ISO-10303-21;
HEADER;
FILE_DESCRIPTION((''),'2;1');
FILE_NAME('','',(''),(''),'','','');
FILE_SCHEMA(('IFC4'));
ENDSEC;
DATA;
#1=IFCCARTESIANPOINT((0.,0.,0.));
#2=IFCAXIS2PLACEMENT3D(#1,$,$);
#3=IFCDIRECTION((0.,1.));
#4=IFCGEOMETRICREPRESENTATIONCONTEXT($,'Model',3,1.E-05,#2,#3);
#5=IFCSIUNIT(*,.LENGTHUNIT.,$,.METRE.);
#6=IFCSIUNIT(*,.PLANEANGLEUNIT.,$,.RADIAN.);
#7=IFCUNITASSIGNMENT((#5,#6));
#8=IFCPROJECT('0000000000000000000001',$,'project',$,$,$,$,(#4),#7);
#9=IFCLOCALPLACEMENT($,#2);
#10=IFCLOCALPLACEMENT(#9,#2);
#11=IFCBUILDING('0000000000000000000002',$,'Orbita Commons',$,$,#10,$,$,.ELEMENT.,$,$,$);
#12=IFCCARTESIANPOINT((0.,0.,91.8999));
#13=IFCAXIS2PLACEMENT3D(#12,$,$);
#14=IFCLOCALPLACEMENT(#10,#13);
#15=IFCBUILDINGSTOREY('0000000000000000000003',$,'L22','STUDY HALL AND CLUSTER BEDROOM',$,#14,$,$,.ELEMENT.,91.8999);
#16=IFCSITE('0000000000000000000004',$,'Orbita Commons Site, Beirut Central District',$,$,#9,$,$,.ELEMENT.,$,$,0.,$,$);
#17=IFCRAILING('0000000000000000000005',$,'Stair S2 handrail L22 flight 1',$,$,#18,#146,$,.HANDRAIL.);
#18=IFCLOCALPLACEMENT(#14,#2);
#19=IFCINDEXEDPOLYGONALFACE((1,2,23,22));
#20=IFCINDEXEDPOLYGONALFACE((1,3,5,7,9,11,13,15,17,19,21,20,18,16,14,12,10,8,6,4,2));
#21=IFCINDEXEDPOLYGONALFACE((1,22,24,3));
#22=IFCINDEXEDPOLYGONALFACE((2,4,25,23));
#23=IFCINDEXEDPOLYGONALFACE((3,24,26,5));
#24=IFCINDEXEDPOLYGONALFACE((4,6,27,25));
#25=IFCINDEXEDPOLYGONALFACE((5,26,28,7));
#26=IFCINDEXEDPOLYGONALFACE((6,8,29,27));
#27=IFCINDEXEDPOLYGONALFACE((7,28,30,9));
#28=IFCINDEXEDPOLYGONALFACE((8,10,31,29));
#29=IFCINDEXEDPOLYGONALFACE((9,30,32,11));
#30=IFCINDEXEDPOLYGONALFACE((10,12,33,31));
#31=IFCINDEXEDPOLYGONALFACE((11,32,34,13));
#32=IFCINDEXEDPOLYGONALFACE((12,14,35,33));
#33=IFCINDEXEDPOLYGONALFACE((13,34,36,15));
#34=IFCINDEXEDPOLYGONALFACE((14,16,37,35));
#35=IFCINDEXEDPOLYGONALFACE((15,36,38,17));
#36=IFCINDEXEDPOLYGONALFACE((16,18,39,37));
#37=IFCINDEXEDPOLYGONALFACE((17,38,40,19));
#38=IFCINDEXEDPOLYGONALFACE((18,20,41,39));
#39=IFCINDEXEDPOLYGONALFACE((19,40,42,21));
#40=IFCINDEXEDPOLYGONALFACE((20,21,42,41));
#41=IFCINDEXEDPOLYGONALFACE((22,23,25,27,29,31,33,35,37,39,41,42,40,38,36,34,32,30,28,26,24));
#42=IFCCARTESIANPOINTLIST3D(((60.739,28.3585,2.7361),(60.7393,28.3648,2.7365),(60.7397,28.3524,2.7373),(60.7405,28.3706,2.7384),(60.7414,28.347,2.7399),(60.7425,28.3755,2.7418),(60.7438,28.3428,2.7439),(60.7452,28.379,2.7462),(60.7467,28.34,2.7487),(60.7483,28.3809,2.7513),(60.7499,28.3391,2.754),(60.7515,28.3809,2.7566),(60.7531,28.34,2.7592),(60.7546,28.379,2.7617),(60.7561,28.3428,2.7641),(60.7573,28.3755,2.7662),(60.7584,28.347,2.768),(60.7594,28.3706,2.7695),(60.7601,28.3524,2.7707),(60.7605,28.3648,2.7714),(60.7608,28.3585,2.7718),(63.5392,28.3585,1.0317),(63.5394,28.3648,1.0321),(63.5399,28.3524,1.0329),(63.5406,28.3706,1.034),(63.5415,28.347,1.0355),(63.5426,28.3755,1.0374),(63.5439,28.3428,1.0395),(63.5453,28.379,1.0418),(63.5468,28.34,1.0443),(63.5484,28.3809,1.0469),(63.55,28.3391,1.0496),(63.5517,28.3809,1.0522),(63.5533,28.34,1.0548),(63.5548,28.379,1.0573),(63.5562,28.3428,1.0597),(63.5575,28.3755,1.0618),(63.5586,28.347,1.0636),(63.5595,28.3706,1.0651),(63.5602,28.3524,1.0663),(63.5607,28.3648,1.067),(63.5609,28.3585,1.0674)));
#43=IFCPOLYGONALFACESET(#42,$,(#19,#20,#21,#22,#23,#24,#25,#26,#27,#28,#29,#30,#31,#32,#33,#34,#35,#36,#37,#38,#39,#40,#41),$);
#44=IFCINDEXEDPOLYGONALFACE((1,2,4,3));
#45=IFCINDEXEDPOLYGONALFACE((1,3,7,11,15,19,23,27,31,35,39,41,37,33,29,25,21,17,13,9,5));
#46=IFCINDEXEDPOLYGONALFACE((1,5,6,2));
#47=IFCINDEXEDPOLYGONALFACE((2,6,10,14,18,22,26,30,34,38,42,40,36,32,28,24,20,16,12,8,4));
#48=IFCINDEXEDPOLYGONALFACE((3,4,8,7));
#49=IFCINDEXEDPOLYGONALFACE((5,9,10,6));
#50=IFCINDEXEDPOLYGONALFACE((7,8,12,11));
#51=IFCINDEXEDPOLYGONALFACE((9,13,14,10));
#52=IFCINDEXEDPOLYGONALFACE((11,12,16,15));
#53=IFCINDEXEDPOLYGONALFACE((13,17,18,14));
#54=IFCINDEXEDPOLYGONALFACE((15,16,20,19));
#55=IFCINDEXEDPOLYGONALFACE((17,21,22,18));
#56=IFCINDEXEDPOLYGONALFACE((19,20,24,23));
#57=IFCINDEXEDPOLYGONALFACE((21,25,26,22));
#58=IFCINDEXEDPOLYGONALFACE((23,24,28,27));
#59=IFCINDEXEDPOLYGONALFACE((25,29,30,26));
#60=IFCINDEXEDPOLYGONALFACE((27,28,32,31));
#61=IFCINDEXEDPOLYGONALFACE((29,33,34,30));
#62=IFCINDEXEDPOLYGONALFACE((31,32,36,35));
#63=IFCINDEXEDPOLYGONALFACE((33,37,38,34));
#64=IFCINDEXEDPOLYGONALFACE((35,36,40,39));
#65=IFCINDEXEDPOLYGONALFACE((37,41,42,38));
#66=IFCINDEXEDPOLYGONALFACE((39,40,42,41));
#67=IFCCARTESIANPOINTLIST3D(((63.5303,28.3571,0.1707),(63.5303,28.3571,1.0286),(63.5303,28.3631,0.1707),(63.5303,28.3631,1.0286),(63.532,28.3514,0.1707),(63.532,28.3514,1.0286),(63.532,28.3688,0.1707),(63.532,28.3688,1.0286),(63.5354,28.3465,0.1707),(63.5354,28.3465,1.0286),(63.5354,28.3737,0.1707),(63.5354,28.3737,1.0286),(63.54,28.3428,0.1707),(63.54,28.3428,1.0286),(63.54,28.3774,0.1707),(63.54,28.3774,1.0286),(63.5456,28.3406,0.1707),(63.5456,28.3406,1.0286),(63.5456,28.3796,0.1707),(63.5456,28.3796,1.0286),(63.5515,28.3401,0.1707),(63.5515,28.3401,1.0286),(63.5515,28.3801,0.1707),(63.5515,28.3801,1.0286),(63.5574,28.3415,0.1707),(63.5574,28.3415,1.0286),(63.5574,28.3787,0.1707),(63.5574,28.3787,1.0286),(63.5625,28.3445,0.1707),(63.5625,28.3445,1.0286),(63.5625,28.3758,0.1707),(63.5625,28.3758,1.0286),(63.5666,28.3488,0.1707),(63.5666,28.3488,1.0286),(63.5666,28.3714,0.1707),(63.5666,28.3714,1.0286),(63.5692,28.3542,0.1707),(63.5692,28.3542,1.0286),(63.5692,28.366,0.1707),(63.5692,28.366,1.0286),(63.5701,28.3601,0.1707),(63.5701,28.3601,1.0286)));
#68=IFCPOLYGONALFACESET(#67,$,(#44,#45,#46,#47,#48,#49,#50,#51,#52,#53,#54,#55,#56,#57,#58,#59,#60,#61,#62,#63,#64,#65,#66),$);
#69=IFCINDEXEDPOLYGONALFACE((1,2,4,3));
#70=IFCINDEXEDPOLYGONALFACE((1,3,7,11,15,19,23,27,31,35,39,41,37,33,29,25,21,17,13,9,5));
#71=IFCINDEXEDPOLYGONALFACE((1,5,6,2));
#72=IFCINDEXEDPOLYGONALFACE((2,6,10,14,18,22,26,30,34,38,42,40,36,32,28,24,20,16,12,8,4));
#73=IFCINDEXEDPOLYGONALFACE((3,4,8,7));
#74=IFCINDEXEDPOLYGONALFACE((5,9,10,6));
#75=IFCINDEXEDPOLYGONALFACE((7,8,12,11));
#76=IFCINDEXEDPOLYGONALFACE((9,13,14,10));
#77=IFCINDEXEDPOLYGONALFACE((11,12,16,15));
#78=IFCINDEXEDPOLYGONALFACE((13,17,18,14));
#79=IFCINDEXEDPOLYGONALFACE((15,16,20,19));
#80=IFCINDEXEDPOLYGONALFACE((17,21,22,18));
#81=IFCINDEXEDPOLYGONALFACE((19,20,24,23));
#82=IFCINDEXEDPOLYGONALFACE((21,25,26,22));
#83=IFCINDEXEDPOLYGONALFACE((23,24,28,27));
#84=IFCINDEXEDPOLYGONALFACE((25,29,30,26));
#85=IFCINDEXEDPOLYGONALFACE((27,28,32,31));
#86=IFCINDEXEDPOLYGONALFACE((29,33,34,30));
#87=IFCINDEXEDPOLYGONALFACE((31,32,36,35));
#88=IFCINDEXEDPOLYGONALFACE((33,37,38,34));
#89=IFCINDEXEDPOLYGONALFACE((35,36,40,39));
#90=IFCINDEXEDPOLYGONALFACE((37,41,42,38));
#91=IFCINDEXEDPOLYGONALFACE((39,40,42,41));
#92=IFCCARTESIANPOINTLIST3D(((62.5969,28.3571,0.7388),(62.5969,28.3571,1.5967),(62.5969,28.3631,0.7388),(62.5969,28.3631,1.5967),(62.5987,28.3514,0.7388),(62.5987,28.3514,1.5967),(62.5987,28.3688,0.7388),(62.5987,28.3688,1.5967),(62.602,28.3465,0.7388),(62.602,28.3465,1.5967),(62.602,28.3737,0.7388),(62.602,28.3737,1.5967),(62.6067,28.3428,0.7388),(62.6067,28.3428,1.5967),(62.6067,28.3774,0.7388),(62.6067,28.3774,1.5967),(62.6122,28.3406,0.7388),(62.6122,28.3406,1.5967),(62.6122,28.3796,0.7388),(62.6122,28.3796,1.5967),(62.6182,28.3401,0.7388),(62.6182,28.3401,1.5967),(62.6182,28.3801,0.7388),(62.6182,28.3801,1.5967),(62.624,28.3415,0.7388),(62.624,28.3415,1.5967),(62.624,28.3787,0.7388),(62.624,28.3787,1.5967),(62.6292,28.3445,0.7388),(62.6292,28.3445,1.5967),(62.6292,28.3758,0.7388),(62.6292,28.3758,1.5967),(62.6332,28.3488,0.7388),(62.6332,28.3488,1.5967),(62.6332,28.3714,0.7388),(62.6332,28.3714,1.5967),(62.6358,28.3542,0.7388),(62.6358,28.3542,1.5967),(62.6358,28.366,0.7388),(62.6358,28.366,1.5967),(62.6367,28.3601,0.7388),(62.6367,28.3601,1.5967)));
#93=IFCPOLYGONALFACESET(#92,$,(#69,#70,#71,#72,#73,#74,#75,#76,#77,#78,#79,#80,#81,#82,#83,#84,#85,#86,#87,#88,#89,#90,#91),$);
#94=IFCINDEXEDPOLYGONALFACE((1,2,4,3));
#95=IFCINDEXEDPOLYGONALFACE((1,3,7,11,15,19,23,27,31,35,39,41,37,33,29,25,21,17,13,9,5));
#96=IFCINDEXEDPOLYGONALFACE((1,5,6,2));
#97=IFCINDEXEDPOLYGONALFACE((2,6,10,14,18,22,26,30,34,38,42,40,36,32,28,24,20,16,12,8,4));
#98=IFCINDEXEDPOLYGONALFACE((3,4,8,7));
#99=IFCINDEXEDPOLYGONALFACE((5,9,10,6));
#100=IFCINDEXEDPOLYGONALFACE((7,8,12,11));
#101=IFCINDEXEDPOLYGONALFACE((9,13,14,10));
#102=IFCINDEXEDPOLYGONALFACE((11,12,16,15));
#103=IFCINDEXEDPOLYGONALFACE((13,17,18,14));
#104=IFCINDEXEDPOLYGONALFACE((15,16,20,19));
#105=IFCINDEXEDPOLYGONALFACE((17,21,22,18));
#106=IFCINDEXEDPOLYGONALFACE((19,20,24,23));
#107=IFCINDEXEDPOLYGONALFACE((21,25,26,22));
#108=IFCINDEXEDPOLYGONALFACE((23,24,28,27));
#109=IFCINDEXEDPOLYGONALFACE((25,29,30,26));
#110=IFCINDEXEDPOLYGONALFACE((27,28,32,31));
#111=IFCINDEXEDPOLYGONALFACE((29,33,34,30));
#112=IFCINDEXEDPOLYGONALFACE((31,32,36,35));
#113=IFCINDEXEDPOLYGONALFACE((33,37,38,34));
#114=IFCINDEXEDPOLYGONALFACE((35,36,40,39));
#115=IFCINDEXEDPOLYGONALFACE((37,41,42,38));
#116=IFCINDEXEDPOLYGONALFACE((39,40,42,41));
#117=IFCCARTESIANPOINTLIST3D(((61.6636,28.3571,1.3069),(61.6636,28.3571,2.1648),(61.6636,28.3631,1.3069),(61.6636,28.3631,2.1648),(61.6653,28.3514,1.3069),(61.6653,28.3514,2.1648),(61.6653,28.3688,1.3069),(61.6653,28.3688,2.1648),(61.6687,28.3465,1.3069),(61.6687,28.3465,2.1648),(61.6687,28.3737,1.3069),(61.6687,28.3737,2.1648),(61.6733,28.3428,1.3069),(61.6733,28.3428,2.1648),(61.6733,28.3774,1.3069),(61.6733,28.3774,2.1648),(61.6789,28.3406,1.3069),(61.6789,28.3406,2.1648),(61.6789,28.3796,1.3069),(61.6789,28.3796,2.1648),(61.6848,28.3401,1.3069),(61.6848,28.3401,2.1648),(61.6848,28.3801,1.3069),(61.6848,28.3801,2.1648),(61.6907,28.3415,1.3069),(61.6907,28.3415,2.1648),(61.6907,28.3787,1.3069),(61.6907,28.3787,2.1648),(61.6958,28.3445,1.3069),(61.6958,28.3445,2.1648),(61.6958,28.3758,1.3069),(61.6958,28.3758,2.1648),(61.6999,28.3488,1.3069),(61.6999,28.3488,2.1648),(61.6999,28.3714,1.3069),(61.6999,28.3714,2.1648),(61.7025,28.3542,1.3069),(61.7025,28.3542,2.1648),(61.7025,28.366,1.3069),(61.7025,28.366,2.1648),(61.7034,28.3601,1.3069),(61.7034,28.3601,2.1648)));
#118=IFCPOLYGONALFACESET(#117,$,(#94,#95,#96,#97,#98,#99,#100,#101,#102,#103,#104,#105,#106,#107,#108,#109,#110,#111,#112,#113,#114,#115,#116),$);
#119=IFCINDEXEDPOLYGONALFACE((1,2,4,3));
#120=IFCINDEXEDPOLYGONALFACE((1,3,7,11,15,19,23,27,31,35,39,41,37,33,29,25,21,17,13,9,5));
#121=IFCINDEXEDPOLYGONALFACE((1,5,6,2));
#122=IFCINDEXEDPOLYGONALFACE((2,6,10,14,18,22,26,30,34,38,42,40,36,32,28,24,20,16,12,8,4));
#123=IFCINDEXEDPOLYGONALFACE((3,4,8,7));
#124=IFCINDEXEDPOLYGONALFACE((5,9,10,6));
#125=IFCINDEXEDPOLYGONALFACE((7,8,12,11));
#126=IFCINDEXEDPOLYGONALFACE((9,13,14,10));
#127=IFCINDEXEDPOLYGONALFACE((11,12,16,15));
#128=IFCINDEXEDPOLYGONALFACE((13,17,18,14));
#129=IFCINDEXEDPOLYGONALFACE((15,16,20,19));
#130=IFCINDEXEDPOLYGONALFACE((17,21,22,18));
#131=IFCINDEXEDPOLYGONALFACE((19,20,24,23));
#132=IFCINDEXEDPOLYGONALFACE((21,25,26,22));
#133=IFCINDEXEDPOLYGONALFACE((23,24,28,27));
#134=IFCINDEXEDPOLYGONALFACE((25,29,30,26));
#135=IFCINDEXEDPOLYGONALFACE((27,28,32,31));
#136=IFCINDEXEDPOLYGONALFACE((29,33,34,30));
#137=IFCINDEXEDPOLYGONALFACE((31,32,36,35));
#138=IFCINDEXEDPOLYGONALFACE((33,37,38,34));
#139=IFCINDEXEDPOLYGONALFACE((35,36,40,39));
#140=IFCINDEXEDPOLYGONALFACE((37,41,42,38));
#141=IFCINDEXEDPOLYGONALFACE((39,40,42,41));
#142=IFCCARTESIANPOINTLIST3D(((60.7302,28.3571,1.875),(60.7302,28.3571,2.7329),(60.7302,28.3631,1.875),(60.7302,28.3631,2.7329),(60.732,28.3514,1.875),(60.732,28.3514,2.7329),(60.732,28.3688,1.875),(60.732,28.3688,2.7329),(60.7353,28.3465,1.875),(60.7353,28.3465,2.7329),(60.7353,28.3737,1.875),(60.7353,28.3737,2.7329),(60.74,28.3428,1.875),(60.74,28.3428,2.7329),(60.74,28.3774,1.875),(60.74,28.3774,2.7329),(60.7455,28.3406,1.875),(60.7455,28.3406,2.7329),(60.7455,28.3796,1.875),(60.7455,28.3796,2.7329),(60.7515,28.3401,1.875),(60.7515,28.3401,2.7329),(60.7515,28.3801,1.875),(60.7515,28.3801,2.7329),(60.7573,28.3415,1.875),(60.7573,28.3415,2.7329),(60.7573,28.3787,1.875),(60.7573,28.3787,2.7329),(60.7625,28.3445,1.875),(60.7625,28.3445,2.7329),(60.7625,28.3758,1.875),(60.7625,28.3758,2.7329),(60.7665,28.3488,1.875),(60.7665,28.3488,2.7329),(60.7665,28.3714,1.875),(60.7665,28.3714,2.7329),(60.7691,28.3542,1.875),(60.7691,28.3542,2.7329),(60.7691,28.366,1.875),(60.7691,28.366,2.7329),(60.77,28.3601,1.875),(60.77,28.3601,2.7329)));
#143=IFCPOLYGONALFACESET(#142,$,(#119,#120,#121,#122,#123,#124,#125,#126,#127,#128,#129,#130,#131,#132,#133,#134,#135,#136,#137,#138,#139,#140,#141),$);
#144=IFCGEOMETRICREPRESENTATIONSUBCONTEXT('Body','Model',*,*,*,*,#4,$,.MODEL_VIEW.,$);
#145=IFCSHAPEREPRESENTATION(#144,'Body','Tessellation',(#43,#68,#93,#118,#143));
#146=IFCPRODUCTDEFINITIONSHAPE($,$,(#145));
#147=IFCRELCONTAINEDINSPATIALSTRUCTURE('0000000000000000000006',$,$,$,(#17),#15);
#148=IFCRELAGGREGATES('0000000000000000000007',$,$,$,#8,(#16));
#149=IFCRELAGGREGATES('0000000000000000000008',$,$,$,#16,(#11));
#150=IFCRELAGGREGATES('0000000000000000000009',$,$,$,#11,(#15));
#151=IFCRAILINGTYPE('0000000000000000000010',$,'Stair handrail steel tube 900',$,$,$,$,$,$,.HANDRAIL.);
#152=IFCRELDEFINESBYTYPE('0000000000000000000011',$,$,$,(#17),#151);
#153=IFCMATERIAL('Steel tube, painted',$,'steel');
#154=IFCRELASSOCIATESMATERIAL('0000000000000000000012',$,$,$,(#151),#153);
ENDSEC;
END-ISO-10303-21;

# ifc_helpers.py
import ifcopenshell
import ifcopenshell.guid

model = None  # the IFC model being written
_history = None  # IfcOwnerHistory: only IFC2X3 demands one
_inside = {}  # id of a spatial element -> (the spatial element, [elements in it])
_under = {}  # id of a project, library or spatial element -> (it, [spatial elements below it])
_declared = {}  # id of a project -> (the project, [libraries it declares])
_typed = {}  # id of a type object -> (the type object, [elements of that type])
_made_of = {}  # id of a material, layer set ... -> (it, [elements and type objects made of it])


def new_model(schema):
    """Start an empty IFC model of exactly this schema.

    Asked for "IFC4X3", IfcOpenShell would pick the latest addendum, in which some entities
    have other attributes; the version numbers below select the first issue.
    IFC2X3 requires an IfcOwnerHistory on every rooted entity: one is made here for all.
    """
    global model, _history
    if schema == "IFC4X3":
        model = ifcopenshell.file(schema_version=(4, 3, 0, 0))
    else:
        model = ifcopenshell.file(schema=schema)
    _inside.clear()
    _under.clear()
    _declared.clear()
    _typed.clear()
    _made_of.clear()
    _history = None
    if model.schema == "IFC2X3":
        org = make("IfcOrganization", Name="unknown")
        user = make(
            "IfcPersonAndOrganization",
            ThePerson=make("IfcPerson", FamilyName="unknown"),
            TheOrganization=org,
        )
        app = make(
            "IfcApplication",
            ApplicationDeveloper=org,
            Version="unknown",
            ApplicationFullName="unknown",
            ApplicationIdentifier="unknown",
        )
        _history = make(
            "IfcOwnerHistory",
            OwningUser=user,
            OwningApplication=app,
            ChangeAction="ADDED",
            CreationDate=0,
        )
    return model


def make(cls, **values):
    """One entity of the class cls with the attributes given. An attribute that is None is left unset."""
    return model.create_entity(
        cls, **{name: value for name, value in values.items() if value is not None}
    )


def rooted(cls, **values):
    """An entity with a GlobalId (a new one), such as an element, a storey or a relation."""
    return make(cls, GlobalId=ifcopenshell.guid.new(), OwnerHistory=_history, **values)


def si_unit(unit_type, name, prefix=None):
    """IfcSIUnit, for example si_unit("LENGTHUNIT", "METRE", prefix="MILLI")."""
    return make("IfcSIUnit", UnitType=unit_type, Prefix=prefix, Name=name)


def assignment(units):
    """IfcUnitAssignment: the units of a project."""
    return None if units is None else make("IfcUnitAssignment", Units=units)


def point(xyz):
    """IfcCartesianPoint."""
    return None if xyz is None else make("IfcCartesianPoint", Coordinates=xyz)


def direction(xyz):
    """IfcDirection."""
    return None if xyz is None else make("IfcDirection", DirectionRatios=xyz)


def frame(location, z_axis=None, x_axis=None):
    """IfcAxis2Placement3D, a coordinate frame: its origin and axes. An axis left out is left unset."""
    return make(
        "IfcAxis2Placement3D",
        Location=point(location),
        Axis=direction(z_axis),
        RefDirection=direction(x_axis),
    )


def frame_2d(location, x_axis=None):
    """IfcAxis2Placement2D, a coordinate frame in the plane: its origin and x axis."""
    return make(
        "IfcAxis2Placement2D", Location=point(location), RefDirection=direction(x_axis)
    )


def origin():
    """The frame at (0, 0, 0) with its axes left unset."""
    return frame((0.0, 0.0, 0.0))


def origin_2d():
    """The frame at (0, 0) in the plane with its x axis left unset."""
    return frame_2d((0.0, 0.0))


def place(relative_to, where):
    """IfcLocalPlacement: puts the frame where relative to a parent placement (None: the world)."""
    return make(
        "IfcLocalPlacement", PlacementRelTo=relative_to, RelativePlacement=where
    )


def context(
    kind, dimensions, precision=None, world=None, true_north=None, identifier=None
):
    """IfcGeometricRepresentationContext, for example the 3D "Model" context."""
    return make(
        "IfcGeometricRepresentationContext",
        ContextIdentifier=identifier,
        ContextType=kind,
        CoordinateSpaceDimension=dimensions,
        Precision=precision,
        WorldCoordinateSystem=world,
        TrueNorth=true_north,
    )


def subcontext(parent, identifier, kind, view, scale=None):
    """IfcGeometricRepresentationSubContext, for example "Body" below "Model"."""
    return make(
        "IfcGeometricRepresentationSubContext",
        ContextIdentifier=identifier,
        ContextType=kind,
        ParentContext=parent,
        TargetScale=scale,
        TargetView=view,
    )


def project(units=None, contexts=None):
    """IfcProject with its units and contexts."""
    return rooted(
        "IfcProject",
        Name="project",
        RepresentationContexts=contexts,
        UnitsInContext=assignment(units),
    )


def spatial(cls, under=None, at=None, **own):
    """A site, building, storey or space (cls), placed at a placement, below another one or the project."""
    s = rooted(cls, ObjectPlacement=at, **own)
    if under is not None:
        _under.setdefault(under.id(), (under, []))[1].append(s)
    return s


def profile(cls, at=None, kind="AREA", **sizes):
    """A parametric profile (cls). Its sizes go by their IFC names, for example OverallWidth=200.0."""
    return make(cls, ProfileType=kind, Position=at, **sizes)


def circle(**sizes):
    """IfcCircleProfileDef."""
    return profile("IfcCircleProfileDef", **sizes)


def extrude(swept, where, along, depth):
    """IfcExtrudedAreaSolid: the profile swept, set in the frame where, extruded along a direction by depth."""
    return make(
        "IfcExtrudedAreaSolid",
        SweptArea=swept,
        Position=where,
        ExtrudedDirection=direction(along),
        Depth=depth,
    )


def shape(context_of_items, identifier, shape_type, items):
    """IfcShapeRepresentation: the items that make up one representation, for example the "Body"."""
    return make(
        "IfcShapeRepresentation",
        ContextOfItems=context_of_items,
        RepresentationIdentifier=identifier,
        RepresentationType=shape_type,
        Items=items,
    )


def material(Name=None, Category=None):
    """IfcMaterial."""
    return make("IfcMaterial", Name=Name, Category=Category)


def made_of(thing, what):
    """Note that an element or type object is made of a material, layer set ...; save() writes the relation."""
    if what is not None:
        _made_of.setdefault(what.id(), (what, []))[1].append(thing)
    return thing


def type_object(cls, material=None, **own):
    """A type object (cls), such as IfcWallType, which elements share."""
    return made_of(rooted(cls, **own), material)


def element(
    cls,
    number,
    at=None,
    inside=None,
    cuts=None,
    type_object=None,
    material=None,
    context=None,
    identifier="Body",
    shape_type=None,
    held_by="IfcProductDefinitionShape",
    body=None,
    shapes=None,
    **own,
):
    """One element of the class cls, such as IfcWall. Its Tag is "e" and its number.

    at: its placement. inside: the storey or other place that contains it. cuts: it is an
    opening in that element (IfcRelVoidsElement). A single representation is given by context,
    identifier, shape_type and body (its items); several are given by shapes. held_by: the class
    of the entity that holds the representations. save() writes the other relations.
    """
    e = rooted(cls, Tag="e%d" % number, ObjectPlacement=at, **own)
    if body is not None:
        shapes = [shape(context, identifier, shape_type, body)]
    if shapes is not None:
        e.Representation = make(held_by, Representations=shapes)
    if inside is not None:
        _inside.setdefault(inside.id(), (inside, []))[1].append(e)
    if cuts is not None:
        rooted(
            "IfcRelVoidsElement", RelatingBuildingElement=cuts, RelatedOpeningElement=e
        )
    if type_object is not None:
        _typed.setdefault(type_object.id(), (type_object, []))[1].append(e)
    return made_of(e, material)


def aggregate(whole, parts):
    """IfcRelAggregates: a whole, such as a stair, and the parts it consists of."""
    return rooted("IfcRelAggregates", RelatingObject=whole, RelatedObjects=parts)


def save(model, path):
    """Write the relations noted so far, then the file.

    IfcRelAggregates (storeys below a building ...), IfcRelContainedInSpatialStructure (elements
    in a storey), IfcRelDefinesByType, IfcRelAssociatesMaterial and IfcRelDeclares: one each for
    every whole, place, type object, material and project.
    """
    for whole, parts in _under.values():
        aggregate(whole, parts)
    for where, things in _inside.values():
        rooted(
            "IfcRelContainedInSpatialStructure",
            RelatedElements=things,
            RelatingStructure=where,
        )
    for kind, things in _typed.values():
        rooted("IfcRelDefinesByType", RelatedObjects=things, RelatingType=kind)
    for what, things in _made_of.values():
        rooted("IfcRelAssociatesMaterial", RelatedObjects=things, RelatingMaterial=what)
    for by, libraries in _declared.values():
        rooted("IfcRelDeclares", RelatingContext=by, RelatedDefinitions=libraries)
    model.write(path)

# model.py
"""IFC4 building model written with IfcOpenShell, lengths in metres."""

from ifc_helpers import new_model, si_unit, direction, frame, origin, origin_2d, place, context, subcontext, project, spatial, circle, extrude, material, type_object, element, save


model = new_model("IFC4")

# Units and contexts
model_context = context("Model", 3, precision=1e-05, world=origin(), true_north=direction((0.0, 1.0)))
body_context = subcontext(model_context, "Body", "Model", "MODEL_VIEW")
ifc_project = project(units=[si_unit("LENGTHUNIT", "METRE"), si_unit("PLANEANGLEUNIT", "RADIAN")], contexts=[model_context])

# Site, building, storey
site_placement = place(None, origin())
site = spatial("IfcSite", under=ifc_project, at=site_placement, Name="Orbita Commons Site, Beirut Central District", CompositionType="ELEMENT", RefElevation=0.0)
building_placement = place(site_placement, origin())
building = spatial("IfcBuilding", under=site, at=building_placement, Name="Orbita Commons", CompositionType="ELEMENT")
storey_placement = place(building_placement, frame((0.0, 0.0, 91.8999)))
storey = spatial("IfcBuildingStorey", under=building, at=storey_placement, Name="L22", Description="STUDY HALL AND CLUSTER BEDROOM", CompositionType="ELEMENT", Elevation=91.8999)

# Railing
ifc_material_1 = material(Name="Steel tube, painted", Category="steel")
railing_type = type_object("IfcRailingType", Name="Stair handrail steel tube 900", PredefinedType="HANDRAIL", material=ifc_material_1)
for number, where, name in (
    (1, (63.55, 28.3601, 0.1707), "Stair S2 handrail L22 flight 1"),
):
    element("IfcRailing", number, at=place(storey_placement, frame(where)), inside=storey, type_object=railing_type, Name=name, PredefinedType="HANDRAIL", context=body_context, shape_type="SweptSolid", body=[
        extrude(circle(Radius=0.021, at=origin_2d()), frame((0.0, 0.0, 0.8789), z_axis=(-0.854203, 0.0, 0.51994), x_axis=(0.0, -1.0, 0.0)), (0.0, 0.0, 1.0), 3.2781),
        extrude(circle(Radius=0.02, at=origin_2d()), origin(), (0.0, 0.0, 1.0), 0.8579),
        extrude(circle(Radius=0.02, at=origin_2d()), frame((-0.9333, 0.0, 0.5681)), (0.0, 0.0, 1.0), 0.8579),
        extrude(circle(Radius=0.02, at=origin_2d()), frame((-1.8667, 0.0, 1.1362)), (0.0, 0.0, 1.0), 0.8579),
        extrude(circle(Radius=0.02, at=origin_2d()), frame((-2.8, 0.0, 1.7043)), (0.0, 0.0, 1.0), 0.8579),
    ])

save(model, "model.ifc")
